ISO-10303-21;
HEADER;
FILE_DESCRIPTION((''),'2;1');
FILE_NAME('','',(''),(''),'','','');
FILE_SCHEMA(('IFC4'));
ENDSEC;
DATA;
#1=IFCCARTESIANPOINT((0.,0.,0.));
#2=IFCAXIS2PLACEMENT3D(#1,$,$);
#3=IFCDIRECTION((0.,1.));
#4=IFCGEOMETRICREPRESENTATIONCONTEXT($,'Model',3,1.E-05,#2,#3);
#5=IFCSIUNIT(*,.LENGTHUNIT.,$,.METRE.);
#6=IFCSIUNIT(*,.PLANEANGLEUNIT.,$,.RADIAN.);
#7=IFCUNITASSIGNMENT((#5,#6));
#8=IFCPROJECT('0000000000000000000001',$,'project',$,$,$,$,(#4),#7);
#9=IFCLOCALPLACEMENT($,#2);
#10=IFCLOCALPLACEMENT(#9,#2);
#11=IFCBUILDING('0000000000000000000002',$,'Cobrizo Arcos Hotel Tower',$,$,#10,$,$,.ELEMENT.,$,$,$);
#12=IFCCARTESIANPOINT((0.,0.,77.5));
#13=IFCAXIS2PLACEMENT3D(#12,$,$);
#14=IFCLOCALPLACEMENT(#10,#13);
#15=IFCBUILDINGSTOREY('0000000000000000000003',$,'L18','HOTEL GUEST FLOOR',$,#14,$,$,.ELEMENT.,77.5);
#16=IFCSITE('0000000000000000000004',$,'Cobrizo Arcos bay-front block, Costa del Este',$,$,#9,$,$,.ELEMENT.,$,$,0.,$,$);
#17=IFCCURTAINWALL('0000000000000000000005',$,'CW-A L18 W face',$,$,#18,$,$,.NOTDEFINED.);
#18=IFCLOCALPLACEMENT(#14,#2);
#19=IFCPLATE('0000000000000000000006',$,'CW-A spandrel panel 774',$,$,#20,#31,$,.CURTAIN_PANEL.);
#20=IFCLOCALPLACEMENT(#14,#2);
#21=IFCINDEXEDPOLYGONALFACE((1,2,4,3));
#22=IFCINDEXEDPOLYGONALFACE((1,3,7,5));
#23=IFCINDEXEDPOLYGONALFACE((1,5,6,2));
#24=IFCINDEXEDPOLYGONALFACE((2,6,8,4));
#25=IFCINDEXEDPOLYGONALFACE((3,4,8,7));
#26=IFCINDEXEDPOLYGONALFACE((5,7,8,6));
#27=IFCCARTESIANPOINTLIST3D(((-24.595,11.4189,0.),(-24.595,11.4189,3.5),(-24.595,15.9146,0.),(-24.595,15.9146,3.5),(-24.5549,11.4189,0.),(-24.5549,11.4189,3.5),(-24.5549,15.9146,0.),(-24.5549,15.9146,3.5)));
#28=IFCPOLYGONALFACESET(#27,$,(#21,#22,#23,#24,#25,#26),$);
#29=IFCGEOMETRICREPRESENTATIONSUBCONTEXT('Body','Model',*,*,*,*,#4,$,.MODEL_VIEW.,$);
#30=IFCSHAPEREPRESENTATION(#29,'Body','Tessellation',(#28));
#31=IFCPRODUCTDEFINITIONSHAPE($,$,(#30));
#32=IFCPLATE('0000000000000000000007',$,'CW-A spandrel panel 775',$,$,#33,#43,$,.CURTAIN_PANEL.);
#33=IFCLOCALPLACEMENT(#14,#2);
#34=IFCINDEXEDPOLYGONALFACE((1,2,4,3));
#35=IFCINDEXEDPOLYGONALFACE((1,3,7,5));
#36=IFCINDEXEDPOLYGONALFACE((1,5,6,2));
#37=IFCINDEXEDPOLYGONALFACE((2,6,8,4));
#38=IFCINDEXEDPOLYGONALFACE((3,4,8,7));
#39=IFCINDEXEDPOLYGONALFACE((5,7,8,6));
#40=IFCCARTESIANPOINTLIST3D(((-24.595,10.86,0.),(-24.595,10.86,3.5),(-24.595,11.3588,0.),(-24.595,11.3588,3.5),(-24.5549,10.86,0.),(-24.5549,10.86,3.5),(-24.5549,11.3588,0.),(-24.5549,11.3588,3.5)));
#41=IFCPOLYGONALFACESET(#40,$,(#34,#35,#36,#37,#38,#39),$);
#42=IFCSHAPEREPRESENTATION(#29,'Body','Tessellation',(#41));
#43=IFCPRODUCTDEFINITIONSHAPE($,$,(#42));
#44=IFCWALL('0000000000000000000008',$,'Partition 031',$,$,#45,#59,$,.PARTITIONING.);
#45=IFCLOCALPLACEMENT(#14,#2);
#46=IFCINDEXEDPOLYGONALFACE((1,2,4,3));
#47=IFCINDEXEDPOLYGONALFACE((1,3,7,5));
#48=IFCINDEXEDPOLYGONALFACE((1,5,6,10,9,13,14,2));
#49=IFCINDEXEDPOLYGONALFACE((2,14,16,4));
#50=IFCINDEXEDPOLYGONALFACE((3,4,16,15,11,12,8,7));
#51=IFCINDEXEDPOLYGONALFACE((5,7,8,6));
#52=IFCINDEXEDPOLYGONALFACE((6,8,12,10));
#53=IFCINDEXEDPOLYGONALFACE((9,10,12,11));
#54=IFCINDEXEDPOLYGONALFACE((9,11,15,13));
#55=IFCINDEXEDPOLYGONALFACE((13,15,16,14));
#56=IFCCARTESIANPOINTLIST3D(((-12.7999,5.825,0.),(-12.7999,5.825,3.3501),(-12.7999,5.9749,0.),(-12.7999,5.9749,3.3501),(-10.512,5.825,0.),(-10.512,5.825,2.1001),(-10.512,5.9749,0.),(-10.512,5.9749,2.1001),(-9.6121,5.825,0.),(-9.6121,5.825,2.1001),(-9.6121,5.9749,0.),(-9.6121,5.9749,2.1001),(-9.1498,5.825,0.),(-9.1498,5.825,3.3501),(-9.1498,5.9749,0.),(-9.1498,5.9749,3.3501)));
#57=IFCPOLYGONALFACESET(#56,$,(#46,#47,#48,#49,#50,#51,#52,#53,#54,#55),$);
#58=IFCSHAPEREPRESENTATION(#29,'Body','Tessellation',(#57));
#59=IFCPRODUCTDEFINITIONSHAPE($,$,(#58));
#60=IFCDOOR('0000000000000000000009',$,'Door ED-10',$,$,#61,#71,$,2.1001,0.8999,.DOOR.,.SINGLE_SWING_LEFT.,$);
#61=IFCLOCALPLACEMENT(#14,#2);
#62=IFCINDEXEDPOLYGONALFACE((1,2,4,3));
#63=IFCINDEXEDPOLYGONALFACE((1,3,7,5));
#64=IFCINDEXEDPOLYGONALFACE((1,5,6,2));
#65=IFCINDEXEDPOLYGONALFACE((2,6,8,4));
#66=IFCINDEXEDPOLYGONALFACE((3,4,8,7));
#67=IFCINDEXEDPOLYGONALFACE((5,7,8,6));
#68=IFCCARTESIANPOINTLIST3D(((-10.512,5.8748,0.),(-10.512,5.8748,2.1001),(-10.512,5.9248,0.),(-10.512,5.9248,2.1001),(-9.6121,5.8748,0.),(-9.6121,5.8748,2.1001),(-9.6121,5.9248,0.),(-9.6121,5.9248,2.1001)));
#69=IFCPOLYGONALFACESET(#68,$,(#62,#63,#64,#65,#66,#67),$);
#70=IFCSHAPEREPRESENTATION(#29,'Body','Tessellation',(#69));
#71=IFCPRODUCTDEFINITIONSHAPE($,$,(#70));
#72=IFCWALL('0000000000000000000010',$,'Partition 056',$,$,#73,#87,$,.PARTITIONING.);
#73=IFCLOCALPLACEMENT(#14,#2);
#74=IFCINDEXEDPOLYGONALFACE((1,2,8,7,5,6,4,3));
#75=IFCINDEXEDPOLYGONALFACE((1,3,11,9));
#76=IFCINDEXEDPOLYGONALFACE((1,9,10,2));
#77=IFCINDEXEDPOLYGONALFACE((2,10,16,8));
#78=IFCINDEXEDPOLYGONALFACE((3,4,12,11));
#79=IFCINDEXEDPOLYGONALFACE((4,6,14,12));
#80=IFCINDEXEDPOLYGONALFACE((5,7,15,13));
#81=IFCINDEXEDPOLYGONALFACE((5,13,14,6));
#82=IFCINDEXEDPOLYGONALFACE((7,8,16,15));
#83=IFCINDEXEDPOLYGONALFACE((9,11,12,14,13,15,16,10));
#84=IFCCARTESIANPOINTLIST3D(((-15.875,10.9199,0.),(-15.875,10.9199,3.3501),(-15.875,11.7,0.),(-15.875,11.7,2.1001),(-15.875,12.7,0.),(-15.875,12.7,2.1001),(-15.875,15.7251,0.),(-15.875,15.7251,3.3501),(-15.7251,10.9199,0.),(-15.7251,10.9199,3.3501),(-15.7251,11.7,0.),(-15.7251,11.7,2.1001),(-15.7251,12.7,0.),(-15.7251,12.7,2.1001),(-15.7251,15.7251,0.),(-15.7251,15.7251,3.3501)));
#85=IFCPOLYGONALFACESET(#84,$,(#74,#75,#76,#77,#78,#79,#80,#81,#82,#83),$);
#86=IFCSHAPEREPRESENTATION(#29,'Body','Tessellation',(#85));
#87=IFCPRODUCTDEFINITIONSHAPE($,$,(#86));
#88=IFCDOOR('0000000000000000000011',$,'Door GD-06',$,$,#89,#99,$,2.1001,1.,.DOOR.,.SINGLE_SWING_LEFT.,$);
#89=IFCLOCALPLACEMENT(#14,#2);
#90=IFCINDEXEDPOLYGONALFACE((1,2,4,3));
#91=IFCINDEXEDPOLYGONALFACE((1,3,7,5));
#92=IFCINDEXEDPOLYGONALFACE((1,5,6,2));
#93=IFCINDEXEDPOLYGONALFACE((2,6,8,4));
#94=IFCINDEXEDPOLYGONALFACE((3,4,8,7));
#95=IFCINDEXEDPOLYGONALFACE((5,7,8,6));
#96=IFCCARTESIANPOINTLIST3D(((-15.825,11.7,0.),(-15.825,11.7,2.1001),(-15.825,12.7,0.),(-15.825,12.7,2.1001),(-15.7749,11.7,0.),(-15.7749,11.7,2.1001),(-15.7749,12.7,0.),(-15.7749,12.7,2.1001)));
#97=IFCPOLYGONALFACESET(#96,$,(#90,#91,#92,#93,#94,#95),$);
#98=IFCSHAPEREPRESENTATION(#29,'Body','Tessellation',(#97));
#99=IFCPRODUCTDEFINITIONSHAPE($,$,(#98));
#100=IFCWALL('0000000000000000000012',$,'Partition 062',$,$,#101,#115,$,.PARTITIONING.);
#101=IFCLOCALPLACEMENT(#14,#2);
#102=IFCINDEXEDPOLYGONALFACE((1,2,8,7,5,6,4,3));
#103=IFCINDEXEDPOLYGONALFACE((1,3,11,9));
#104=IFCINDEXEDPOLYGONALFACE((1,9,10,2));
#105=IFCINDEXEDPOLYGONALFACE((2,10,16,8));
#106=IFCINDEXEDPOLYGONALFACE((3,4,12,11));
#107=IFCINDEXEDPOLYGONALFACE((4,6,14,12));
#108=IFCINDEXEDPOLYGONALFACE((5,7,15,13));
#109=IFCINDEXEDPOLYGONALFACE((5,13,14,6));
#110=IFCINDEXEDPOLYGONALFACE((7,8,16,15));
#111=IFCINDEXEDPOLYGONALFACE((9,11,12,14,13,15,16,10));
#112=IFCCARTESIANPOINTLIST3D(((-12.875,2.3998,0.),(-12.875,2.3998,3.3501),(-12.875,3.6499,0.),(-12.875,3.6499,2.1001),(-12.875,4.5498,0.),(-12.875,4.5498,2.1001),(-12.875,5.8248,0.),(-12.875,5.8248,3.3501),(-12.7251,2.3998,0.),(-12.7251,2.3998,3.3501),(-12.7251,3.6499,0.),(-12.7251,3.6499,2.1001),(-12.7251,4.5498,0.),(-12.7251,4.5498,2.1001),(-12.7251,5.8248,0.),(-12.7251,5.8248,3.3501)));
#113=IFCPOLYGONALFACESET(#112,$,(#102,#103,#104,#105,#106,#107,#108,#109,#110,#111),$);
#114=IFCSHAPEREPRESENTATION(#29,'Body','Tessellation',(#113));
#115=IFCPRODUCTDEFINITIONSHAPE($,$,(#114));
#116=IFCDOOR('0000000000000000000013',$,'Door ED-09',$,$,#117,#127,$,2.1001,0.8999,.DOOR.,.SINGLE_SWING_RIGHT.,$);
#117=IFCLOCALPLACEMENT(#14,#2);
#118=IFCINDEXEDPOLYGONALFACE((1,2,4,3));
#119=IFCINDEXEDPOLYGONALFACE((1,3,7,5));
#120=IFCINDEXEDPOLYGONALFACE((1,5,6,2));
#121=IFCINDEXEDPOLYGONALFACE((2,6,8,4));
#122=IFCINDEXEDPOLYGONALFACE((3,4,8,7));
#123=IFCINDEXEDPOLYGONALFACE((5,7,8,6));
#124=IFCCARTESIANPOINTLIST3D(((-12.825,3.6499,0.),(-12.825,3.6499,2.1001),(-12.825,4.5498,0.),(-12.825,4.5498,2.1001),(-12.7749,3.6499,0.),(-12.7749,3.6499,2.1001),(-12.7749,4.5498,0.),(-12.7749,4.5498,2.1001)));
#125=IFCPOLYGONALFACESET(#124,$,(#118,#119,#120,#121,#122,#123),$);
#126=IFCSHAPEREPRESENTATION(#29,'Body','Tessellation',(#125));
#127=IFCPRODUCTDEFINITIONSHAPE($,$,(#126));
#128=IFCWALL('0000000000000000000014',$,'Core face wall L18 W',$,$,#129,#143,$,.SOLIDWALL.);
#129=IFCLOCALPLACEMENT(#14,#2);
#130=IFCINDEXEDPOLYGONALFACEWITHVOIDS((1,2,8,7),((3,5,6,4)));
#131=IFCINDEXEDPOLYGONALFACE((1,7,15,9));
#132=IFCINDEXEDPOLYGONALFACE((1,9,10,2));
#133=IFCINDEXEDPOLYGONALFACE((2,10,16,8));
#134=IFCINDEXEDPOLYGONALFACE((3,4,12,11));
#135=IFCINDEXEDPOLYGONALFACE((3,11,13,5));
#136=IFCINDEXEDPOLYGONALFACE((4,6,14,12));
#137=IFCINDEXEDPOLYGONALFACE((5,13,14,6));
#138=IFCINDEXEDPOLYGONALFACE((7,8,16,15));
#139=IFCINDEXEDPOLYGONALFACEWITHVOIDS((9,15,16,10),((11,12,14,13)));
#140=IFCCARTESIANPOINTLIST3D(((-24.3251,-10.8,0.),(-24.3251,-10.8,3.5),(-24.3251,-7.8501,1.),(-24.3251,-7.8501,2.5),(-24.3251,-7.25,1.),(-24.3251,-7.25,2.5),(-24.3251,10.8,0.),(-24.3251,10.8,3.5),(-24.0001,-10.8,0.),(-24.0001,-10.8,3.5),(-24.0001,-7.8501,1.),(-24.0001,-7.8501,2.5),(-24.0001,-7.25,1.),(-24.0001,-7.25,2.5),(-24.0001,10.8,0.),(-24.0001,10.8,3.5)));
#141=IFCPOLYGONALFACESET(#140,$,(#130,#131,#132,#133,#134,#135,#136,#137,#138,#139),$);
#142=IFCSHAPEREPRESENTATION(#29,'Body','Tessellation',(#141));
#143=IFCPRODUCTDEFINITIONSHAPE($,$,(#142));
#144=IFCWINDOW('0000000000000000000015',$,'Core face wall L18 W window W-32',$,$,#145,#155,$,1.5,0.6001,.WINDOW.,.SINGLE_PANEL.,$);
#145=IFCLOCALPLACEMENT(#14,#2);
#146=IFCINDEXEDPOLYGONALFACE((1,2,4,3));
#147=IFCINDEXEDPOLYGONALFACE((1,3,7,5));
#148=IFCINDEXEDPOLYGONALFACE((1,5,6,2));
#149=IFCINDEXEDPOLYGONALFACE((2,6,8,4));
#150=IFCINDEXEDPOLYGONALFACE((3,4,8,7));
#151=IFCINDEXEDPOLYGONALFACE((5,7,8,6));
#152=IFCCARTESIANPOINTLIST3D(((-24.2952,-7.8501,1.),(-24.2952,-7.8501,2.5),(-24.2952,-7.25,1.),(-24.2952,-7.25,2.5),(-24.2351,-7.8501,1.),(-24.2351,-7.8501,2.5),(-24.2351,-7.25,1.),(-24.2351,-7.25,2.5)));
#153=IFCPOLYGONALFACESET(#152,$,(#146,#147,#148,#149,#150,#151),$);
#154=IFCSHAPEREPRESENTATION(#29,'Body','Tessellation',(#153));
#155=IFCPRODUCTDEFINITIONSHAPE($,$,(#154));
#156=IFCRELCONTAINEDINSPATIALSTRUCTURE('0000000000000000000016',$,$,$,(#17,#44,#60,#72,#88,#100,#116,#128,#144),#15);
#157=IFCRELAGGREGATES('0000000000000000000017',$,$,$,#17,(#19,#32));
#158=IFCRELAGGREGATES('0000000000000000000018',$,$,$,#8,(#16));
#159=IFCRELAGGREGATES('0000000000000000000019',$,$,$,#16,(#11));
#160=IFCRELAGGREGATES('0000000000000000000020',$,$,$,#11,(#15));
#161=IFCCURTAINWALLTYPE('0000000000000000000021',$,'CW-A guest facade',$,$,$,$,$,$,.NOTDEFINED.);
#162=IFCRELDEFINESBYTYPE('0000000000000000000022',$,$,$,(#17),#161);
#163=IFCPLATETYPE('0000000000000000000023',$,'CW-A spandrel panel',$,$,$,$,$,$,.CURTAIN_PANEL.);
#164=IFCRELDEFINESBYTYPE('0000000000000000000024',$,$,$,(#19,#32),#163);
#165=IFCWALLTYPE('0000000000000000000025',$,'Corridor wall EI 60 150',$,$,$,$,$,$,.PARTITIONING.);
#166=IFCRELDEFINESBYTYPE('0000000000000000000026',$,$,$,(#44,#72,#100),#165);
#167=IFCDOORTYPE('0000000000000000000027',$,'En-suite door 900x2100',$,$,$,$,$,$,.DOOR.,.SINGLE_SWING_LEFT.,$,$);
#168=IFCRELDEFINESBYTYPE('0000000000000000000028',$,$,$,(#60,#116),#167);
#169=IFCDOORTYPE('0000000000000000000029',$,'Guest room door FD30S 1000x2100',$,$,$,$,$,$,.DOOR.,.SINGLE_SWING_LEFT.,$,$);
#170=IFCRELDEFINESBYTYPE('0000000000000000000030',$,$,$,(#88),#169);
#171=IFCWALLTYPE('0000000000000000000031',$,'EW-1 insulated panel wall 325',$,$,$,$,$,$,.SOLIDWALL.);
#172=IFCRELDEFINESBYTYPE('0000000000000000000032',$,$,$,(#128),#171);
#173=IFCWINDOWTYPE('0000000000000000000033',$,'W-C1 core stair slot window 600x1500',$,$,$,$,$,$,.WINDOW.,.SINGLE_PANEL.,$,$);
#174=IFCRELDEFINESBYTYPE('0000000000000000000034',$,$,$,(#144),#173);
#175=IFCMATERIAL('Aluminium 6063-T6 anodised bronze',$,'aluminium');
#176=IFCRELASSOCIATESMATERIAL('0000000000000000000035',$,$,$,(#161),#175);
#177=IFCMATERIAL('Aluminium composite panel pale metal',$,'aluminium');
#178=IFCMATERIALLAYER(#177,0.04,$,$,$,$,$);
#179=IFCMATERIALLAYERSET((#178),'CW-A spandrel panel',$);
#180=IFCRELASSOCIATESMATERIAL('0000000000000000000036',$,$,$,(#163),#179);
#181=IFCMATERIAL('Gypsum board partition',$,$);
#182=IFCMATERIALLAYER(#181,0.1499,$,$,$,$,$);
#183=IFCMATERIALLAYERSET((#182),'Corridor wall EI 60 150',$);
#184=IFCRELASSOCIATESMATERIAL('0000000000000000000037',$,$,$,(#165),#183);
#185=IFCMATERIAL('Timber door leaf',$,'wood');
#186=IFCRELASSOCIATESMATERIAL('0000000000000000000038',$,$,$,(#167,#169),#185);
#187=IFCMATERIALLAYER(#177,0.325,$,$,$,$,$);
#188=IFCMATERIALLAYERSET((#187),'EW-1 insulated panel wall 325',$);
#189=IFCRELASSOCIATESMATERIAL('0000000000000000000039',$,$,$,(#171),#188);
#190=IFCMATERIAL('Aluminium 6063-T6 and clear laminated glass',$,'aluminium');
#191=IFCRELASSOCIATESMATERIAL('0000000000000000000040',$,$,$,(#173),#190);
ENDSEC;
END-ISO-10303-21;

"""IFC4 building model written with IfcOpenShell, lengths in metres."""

from ifc_helpers import new_model, si_unit, direction, frame, frame_2d, origin, origin_2d, place, context, subcontext, project, spatial, rectangle, extrude, material, layer, layer_set, type_object, element, fill, aggregate, save


model = new_model("IFC4")

# Units and contexts
model_context = context("Model", 3, precision=1e-05, world=origin(), true_north=direction((0.0, 1.0)))
body_context = subcontext(model_context, "Body", "Model", "MODEL_VIEW")
ifc_project = project(units=[si_unit("LENGTHUNIT", "METRE"), si_unit("PLANEANGLEUNIT", "RADIAN")], contexts=[model_context])

# Site, building, storey
site_placement = place(None, origin())
site = spatial("IfcSite", under=ifc_project, at=site_placement, Name="Cobrizo Arcos bay-front block, Costa del Este", CompositionType="ELEMENT", RefElevation=0.0)
building_placement = place(site_placement, origin())
building = spatial("IfcBuilding", under=site, at=building_placement, Name="Cobrizo Arcos Hotel Tower", CompositionType="ELEMENT")
storey_placement = place(building_placement, frame((0.0, 0.0, 77.5)))
storey = spatial("IfcBuildingStorey", under=building, at=storey_placement, Name="L18", Description="HOTEL GUEST FLOOR", CompositionType="ELEMENT", Elevation=77.5)

# Curtain wall
ifc_material_1 = material(Name="Aluminium 6063-T6 anodised bronze", Category="aluminium")
curtain_wall_type = type_object("IfcCurtainWallType", Name="CW-A guest facade", PredefinedType="NOTDEFINED", material=ifc_material_1)
curtain_wall_placement = place(storey_placement, origin())
curtain_wall = element("IfcCurtainWall", 1, at=curtain_wall_placement, inside=storey, type_object=curtain_wall_type, Name="CW-A L18 W face", PredefinedType="NOTDEFINED")

# Plates
ifc_material_2 = material(Name="Aluminium composite panel pale metal", Category="aluminium")
ifc_layer_1 = layer(ifc_material_2, 0.04)
ifc_layer_set_1 = layer_set([ifc_layer_1], Name="CW-A spandrel panel")
plate_type = type_object("IfcPlateType", Name="CW-A spandrel panel", PredefinedType="CURTAIN_PANEL", material=ifc_layer_set_1)
plate_1_placement = place(storey_placement, frame((-24.575, 13.6667, 0.0), z_axis=(0.0, 0.0, 1.0), x_axis=(0.0, -1.0, 0.0)))
plate_1 = element("IfcPlate", 2, at=plate_1_placement, type_object=plate_type, Name="CW-A spandrel panel 774", PredefinedType="CURTAIN_PANEL", context=body_context, shape_type="SweptSolid", body=[
    extrude(rectangle(XDim=4.4956, YDim=0.04, at=origin_2d()), origin(), (0.0, 0.0, 1.0), 3.5),
])
plate_2_placement = place(storey_placement, frame((-24.575, 11.1094, 0.0), z_axis=(0.0, 0.0, 1.0), x_axis=(0.0, -1.0, 0.0)))
plate_2 = element("IfcPlate", 3, at=plate_2_placement, type_object=plate_type, Name="CW-A spandrel panel 775", PredefinedType="CURTAIN_PANEL", context=body_context, shape_type="SweptSolid", body=[
    extrude(rectangle(XDim=0.4988, YDim=0.04, at=origin_2d()), origin(), (0.0, 0.0, 1.0), 3.5),
])
aggregate(curtain_wall, [plate_1, plate_2])

# Walls, openings, doors
ifc_material_3 = material(Name="Gypsum board partition")
ifc_layer_2 = layer(ifc_material_3, 0.1499)
ifc_layer_set_2 = layer_set([ifc_layer_2], Name="Corridor wall EI 60 150")
wall_type_1 = type_object("IfcWallType", Name="Corridor wall EI 60 150", PredefinedType="PARTITIONING", material=ifc_layer_set_2)
wall_1_placement = place(storey_placement, frame((-12.8, 5.8999, 0.0), z_axis=(0.0, 0.0, 1.0), x_axis=(1.0, 0.0, 0.0)))
wall_1 = element("IfcWall", 4, at=wall_1_placement, inside=storey, type_object=wall_type_1, Name="Partition 031", PredefinedType="PARTITIONING", context=body_context, shape_type="SweptSolid", body=[
    extrude(rectangle(XDim=3.6501, YDim=0.1499, at=frame_2d((1.8252, 0.0))), origin(), (0.0, 0.0, 1.0), 3.3501),
])
opening_1_placement = place(wall_1_placement, frame((2.2881, 0.0, 0.0)))
opening_1 = element("IfcOpeningElement", 5, at=opening_1_placement, cuts=wall_1, PredefinedType="OPENING", context=body_context, shape_type="SweptSolid", body=[
    extrude(rectangle(XDim=0.8999, YDim=2.1001, at=frame_2d((0.45, 1.05))), frame((0.0, 0.0869, 0.0), z_axis=(0.0, -1.0, 0.0), x_axis=(1.0, 0.0, 0.0)), (0.0, 0.0, 1.0), 0.1738),
])
ifc_material_4 = material(Name="Timber door leaf", Category="wood")
door_type_1 = type_object("IfcDoorType", Name="En-suite door 900x2100", OperationType="SINGLE_SWING_LEFT", PredefinedType="DOOR", material=ifc_material_4)
door_1_placement = place(opening_1_placement, origin())
door_1 = element("IfcDoor", 6, at=door_1_placement, inside=storey, type_object=door_type_1, Name="Door ED-10", OperationType="SINGLE_SWING_LEFT", OverallHeight=2.1001, OverallWidth=0.8999, PredefinedType="DOOR", context=body_context, shape_type="SweptSolid", body=[
    extrude(rectangle(XDim=0.8999, YDim=2.1001, at=frame_2d((0.45, 1.05))), frame((0.0, 0.0249, 0.0), z_axis=(0.0, -1.0, 0.0), x_axis=(1.0, 0.0, 0.0)), (0.0, 0.0, 1.0), 0.05),
])
fill(opening_1, door_1)
wall_2_placement = place(storey_placement, frame((-15.8, 10.9199, 0.0), z_axis=(0.0, 0.0, 1.0), x_axis=(0.0, 1.0, 0.0)))
wall_2 = element("IfcWall", 7, at=wall_2_placement, inside=storey, type_object=wall_type_1, Name="Partition 056", PredefinedType="PARTITIONING", context=body_context, shape_type="SweptSolid", body=[
    extrude(rectangle(XDim=4.8052, YDim=0.1499, at=frame_2d((2.4026, 0.0))), origin(), (0.0, 0.0, 1.0), 3.3501),
])
opening_2_placement = place(wall_2_placement, frame((0.78, 0.0, 0.0)))
opening_2 = element("IfcOpeningElement", 8, at=opening_2_placement, cuts=wall_2, PredefinedType="OPENING", context=body_context, shape_type="SweptSolid", body=[
    extrude(rectangle(XDim=1.0, YDim=2.1001, at=frame_2d((0.5, 1.05))), frame((0.0, 0.0869, 0.0), z_axis=(0.0, -1.0, 0.0), x_axis=(1.0, 0.0, 0.0)), (0.0, 0.0, 1.0), 0.1738),
])
door_type_2 = type_object("IfcDoorType", Name="Guest room door FD30S 1000x2100", OperationType="SINGLE_SWING_LEFT", PredefinedType="DOOR", material=ifc_material_4)
door_2_placement = place(opening_2_placement, origin())
door_2 = element("IfcDoor", 9, at=door_2_placement, inside=storey, type_object=door_type_2, Name="Door GD-06", OperationType="SINGLE_SWING_LEFT", OverallHeight=2.1001, OverallWidth=1.0, PredefinedType="DOOR", context=body_context, shape_type="SweptSolid", body=[
    extrude(rectangle(XDim=1.0, YDim=2.1001, at=frame_2d((0.5, 1.05))), frame((0.0, 0.0249, 0.0), z_axis=(0.0, -1.0, 0.0), x_axis=(1.0, 0.0, 0.0)), (0.0, 0.0, 1.0), 0.05),
])
fill(opening_2, door_2)
wall_3_placement = place(storey_placement, frame((-12.8, 2.3999, 0.0), z_axis=(0.0, 0.0, 1.0), x_axis=(0.0, 1.0, 0.0)))
wall_3 = element("IfcWall", 10, at=wall_3_placement, inside=storey, type_object=wall_type_1, Name="Partition 062", PredefinedType="PARTITIONING", context=body_context, shape_type="SweptSolid", body=[
    extrude(rectangle(XDim=3.425, YDim=0.1499, at=frame_2d((1.7124, 0.0))), origin(), (0.0, 0.0, 1.0), 3.3501),
])
opening_3_placement = place(wall_3_placement, frame((1.25, 0.0, 0.0)))
opening_3 = element("IfcOpeningElement", 11, at=opening_3_placement, cuts=wall_3, PredefinedType="OPENING", context=body_context, shape_type="SweptSolid", body=[
    extrude(rectangle(XDim=0.8999, YDim=2.1001, at=frame_2d((0.45, 1.05))), frame((0.0, 0.0869, 0.0), z_axis=(0.0, -1.0, 0.0), x_axis=(1.0, 0.0, 0.0)), (0.0, 0.0, 1.0), 0.1738),
])
door_3_placement = place(opening_3_placement, origin())
door_3 = element("IfcDoor", 12, at=door_3_placement, inside=storey, type_object=door_type_1, Name="Door ED-09", OperationType="SINGLE_SWING_RIGHT", OverallHeight=2.1001, OverallWidth=0.8999, PredefinedType="DOOR", context=body_context, shape_type="SweptSolid", body=[
    extrude(rectangle(XDim=0.8999, YDim=2.1001, at=frame_2d((0.45, 1.05))), frame((0.0, 0.0249, 0.0), z_axis=(0.0, -1.0, 0.0), x_axis=(1.0, 0.0, 0.0)), (0.0, 0.0, 1.0), 0.05),
])
fill(opening_3, door_3)

# Wall, opening, window
ifc_layer_3 = layer(ifc_material_2, 0.325)
ifc_layer_set_3 = layer_set([ifc_layer_3], Name="EW-1 insulated panel wall 325")
wall_type_2 = type_object("IfcWallType", Name="EW-1 insulated panel wall 325", PredefinedType="SOLIDWALL", material=ifc_layer_set_3)
wall_4_placement = place(storey_placement, frame((-24.1626, 10.8, 0.0), z_axis=(0.0, 0.0, 1.0), x_axis=(0.0, -1.0, 0.0)))
wall_4 = element("IfcWall", 13, at=wall_4_placement, inside=storey, type_object=wall_type_2, Name="Core face wall L18 W", PredefinedType="SOLIDWALL", context=body_context, shape_type="SweptSolid", body=[
    extrude(rectangle(XDim=21.6001, YDim=0.325, at=frame_2d((10.8, 0.0))), origin(), (0.0, 0.0, 1.0), 3.5),
])
opening_4_placement = place(wall_4_placement, frame((18.05, 0.0, 1.0)))
opening_4 = element("IfcOpeningElement", 14, at=opening_4_placement, cuts=wall_4, PredefinedType="OPENING", context=body_context, shape_type="SweptSolid", body=[
    extrude(rectangle(XDim=0.6001, YDim=1.5, at=frame_2d((0.3, 0.75))), frame((0.0, 0.1746, 0.0), z_axis=(0.0, -1.0, 0.0), x_axis=(1.0, 0.0, 0.0)), (0.0, 0.0, 1.0), 0.3489),
])
ifc_material_5 = material(Name="Aluminium 6063-T6 and clear laminated glass", Category="aluminium")
window_type = type_object("IfcWindowType", Name="W-C1 core stair slot window 600x1500", PartitioningType="SINGLE_PANEL", PredefinedType="WINDOW", material=ifc_material_5)
window_placement = place(opening_4_placement, origin())
window = element("IfcWindow", 15, at=window_placement, inside=storey, type_object=window_type, Name="Core face wall L18 W window W-32", OverallHeight=1.5, OverallWidth=0.6001, PartitioningType="SINGLE_PANEL", PredefinedType="WINDOW", context=body_context, shape_type="SweptSolid", body=[
    extrude(rectangle(XDim=0.6001, YDim=1.5, at=frame_2d((0.3, 0.75))), frame((0.0, -0.0725, 0.0), z_axis=(0.0, -1.0, 0.0), x_axis=(1.0, 0.0, 0.0)), (0.0, 0.0, 1.0), 0.0601),
])
fill(opening_4, window)

save(model, "model.ifc")
